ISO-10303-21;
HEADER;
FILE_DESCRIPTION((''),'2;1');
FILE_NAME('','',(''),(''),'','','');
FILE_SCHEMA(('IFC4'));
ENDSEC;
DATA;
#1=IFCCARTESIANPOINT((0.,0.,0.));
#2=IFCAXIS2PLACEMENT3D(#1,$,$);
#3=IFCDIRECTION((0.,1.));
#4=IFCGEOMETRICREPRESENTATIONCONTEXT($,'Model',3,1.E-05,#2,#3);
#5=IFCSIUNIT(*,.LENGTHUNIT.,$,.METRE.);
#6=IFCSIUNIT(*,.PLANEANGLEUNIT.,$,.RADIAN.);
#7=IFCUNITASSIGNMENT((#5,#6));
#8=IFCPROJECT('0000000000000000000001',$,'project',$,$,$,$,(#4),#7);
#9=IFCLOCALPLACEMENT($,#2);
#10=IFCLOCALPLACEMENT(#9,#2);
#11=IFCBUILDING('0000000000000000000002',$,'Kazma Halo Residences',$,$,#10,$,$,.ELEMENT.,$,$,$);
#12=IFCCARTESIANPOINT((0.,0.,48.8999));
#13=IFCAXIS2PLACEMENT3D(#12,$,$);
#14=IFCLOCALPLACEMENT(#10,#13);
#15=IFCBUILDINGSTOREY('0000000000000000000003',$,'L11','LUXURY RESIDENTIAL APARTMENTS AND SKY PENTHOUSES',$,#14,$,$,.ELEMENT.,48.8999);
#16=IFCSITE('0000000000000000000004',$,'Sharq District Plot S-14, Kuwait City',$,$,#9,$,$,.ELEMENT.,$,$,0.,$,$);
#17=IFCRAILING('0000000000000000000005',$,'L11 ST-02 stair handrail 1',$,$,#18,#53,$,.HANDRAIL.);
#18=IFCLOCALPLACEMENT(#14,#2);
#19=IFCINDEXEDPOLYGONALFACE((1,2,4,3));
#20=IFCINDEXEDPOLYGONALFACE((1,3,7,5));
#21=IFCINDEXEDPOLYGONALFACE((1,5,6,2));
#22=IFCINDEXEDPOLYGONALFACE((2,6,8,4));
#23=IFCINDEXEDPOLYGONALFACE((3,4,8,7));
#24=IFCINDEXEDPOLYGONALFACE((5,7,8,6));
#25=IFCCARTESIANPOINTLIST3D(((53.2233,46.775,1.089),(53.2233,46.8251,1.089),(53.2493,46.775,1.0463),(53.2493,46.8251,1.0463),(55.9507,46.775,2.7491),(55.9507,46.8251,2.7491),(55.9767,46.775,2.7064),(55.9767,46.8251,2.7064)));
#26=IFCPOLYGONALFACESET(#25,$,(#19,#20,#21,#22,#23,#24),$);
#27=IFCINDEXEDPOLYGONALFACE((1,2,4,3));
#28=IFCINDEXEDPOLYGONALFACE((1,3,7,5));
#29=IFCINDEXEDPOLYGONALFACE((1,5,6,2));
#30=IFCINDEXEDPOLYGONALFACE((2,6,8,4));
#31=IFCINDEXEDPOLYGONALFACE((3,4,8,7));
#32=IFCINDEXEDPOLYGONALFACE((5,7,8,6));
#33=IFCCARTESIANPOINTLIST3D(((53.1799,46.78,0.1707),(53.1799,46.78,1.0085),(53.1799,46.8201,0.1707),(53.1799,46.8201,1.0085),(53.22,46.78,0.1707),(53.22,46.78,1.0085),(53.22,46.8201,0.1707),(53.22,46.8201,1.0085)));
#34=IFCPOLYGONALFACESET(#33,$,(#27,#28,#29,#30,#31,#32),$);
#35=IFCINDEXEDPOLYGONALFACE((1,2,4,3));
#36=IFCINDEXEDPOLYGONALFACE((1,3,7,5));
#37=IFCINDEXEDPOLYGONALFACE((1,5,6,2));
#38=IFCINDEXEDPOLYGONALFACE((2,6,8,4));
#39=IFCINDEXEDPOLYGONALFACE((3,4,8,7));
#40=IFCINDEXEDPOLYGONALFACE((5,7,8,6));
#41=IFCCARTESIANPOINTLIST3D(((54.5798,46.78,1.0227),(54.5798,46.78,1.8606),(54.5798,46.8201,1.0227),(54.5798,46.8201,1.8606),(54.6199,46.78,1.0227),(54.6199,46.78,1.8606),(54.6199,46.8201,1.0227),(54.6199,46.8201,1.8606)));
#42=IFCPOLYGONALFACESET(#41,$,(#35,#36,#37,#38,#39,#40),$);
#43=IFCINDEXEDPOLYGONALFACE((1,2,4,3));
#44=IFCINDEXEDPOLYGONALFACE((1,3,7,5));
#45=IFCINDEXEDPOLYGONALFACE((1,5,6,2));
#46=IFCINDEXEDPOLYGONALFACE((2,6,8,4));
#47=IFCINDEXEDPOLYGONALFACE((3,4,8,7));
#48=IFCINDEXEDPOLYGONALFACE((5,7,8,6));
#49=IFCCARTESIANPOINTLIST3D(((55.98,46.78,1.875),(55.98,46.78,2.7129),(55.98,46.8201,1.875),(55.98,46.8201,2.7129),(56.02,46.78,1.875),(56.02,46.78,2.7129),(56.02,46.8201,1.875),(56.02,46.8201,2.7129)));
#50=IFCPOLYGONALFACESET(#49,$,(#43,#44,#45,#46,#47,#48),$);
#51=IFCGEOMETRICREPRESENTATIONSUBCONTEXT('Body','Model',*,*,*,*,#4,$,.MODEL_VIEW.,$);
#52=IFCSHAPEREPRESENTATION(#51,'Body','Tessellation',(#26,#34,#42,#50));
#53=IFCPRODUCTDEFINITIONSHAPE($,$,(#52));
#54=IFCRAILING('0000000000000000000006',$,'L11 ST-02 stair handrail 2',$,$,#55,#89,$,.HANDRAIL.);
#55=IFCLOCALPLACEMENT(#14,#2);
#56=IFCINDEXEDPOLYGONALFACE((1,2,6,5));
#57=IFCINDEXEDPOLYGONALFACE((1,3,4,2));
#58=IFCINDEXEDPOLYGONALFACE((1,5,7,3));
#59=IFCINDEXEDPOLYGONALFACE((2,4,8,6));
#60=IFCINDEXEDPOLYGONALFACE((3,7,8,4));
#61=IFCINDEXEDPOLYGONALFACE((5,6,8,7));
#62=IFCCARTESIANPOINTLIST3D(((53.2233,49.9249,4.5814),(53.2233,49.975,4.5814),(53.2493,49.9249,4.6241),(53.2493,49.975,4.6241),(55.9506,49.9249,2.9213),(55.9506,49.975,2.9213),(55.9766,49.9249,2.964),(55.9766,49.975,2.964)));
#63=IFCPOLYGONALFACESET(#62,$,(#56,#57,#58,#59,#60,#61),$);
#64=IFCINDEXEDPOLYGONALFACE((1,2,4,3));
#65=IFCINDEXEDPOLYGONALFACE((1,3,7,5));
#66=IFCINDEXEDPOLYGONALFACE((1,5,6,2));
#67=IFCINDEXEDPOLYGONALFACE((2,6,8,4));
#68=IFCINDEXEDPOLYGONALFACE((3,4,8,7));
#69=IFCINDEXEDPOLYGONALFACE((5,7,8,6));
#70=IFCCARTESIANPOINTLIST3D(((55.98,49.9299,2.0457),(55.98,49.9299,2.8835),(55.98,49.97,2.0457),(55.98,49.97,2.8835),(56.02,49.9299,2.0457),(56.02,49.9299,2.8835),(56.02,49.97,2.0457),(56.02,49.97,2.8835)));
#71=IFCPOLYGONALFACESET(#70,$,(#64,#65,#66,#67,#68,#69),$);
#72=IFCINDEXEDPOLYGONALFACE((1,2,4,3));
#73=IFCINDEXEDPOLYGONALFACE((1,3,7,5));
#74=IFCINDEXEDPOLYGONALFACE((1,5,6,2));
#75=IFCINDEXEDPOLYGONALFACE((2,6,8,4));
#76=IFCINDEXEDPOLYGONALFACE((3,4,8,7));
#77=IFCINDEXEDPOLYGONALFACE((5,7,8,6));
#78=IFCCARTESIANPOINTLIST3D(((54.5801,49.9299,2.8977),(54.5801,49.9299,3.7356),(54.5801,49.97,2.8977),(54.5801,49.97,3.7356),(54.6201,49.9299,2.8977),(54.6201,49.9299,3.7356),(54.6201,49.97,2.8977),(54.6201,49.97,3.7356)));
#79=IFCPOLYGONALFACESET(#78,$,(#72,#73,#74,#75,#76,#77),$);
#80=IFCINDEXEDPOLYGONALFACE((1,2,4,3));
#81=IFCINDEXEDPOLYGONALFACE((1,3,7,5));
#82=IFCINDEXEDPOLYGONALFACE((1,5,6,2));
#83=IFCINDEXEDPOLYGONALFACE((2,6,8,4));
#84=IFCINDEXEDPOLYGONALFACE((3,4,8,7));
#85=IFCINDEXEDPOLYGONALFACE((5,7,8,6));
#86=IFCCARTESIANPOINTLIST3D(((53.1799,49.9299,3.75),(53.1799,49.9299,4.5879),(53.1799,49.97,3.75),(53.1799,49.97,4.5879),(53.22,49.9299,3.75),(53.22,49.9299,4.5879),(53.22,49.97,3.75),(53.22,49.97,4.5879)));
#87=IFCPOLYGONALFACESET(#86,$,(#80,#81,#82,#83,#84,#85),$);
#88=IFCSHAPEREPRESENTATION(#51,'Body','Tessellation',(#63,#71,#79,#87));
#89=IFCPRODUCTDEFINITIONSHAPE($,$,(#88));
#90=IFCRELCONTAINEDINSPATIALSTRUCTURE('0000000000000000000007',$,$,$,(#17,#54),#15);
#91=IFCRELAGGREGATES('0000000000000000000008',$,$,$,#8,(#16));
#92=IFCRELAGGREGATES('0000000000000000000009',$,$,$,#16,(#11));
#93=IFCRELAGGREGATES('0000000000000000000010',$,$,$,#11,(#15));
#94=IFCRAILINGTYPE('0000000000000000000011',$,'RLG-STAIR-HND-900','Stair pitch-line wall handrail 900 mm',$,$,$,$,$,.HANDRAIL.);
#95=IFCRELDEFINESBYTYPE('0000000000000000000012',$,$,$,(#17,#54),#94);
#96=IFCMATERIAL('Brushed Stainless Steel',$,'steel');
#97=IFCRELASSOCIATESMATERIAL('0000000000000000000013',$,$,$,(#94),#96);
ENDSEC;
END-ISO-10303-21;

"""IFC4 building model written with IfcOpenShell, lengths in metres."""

from ifc_helpers import new_model, si_unit, direction, frame, origin, origin_2d, place, context, subcontext, project, spatial, rectangle, extrude, material, type_object, element, save


model = new_model("IFC4")

# Units and contexts
model_context = context("Model", 3, precision=1e-05, world=origin(), true_north=direction((0.0, 1.0)))
body_context = subcontext(model_context, "Body", "Model", "MODEL_VIEW")
ifc_project = project(units=[si_unit("LENGTHUNIT", "METRE"), si_unit("PLANEANGLEUNIT", "RADIAN")], contexts=[model_context])

# Site, building, storey
site_placement = place(None, origin())
site = spatial("IfcSite", under=ifc_project, at=site_placement, Name="Sharq District Plot S-14, Kuwait City", CompositionType="ELEMENT", RefElevation=0.0)
building_placement = place(site_placement, origin())
building = spatial("IfcBuilding", under=site, at=building_placement, Name="Kazma Halo Residences", CompositionType="ELEMENT")
storey_placement = place(building_placement, frame((0.0, 0.0, 48.8999)))
storey = spatial("IfcBuildingStorey", under=building, at=storey_placement, Name="L11", Description="LUXURY RESIDENTIAL APARTMENTS AND SKY PENTHOUSES", CompositionType="ELEMENT", Elevation=48.8999)

# Railings
ifc_material_1 = material(Name="Brushed Stainless Steel", Category="steel")
railing_type_1 = type_object("IfcRailingType", Name="RLG-STAIR-HND-900", Description="Stair pitch-line wall handrail 900 mm", PredefinedType="HANDRAIL", material=ifc_material_1)
railing_1_placement = place(storey_placement, frame((53.2, 46.8, 0.1707)))
element("IfcRailing", 1, at=railing_1_placement, inside=storey, type_object=railing_type_1, Name="L11 ST-02 stair handrail 1", PredefinedType="HANDRAIL", context=body_context, shape_type="SweptSolid", body=[
    extrude(rectangle(XDim=0.05, YDim=0.05, at=origin_2d()), frame((0.0364, 0.0, 0.897), z_axis=(0.854203, 0.0, 0.51994), x_axis=(0.0, 1.0, 0.0)), (0.0, 0.0, 1.0), 3.1929),
    extrude(rectangle(XDim=0.04, YDim=0.04, at=origin_2d()), origin(), (0.0, 0.0, 1.0), 0.8379),
    extrude(rectangle(XDim=0.04, YDim=0.04, at=origin_2d()), frame((1.3999, 0.0, 0.8521)), (0.0, 0.0, 1.0), 0.8379),
    extrude(rectangle(XDim=0.04, YDim=0.04, at=origin_2d()), frame((2.8, 0.0, 1.7043)), (0.0, 0.0, 1.0), 0.8379),
])
railing_2_placement = place(storey_placement, frame((56.0, 49.95, 2.0457)))
element("IfcRailing", 2, at=railing_2_placement, inside=storey, type_object=railing_type_1, Name="L11 ST-02 stair handrail 2", PredefinedType="HANDRAIL", context=body_context, shape_type="SweptSolid", body=[
    extrude(rectangle(XDim=0.05, YDim=0.05, at=origin_2d()), frame((-0.0364, 0.0, 0.897), z_axis=(-0.854203, 0.0, 0.51994), x_axis=(0.0, -1.0, 0.0)), (0.0, 0.0, 1.0), 3.1929),
    extrude(rectangle(XDim=0.04, YDim=0.04, at=origin_2d()), origin(), (0.0, 0.0, 1.0), 0.8379),
    extrude(rectangle(XDim=0.04, YDim=0.04, at=origin_2d()), frame((-1.3999, 0.0, 0.8521)), (0.0, 0.0, 1.0), 0.8379),
    extrude(rectangle(XDim=0.04, YDim=0.04, at=origin_2d()), frame((-2.8, 0.0, 1.7043)), (0.0, 0.0, 1.0), 0.8379),
])

save(model, "model.ifc")
